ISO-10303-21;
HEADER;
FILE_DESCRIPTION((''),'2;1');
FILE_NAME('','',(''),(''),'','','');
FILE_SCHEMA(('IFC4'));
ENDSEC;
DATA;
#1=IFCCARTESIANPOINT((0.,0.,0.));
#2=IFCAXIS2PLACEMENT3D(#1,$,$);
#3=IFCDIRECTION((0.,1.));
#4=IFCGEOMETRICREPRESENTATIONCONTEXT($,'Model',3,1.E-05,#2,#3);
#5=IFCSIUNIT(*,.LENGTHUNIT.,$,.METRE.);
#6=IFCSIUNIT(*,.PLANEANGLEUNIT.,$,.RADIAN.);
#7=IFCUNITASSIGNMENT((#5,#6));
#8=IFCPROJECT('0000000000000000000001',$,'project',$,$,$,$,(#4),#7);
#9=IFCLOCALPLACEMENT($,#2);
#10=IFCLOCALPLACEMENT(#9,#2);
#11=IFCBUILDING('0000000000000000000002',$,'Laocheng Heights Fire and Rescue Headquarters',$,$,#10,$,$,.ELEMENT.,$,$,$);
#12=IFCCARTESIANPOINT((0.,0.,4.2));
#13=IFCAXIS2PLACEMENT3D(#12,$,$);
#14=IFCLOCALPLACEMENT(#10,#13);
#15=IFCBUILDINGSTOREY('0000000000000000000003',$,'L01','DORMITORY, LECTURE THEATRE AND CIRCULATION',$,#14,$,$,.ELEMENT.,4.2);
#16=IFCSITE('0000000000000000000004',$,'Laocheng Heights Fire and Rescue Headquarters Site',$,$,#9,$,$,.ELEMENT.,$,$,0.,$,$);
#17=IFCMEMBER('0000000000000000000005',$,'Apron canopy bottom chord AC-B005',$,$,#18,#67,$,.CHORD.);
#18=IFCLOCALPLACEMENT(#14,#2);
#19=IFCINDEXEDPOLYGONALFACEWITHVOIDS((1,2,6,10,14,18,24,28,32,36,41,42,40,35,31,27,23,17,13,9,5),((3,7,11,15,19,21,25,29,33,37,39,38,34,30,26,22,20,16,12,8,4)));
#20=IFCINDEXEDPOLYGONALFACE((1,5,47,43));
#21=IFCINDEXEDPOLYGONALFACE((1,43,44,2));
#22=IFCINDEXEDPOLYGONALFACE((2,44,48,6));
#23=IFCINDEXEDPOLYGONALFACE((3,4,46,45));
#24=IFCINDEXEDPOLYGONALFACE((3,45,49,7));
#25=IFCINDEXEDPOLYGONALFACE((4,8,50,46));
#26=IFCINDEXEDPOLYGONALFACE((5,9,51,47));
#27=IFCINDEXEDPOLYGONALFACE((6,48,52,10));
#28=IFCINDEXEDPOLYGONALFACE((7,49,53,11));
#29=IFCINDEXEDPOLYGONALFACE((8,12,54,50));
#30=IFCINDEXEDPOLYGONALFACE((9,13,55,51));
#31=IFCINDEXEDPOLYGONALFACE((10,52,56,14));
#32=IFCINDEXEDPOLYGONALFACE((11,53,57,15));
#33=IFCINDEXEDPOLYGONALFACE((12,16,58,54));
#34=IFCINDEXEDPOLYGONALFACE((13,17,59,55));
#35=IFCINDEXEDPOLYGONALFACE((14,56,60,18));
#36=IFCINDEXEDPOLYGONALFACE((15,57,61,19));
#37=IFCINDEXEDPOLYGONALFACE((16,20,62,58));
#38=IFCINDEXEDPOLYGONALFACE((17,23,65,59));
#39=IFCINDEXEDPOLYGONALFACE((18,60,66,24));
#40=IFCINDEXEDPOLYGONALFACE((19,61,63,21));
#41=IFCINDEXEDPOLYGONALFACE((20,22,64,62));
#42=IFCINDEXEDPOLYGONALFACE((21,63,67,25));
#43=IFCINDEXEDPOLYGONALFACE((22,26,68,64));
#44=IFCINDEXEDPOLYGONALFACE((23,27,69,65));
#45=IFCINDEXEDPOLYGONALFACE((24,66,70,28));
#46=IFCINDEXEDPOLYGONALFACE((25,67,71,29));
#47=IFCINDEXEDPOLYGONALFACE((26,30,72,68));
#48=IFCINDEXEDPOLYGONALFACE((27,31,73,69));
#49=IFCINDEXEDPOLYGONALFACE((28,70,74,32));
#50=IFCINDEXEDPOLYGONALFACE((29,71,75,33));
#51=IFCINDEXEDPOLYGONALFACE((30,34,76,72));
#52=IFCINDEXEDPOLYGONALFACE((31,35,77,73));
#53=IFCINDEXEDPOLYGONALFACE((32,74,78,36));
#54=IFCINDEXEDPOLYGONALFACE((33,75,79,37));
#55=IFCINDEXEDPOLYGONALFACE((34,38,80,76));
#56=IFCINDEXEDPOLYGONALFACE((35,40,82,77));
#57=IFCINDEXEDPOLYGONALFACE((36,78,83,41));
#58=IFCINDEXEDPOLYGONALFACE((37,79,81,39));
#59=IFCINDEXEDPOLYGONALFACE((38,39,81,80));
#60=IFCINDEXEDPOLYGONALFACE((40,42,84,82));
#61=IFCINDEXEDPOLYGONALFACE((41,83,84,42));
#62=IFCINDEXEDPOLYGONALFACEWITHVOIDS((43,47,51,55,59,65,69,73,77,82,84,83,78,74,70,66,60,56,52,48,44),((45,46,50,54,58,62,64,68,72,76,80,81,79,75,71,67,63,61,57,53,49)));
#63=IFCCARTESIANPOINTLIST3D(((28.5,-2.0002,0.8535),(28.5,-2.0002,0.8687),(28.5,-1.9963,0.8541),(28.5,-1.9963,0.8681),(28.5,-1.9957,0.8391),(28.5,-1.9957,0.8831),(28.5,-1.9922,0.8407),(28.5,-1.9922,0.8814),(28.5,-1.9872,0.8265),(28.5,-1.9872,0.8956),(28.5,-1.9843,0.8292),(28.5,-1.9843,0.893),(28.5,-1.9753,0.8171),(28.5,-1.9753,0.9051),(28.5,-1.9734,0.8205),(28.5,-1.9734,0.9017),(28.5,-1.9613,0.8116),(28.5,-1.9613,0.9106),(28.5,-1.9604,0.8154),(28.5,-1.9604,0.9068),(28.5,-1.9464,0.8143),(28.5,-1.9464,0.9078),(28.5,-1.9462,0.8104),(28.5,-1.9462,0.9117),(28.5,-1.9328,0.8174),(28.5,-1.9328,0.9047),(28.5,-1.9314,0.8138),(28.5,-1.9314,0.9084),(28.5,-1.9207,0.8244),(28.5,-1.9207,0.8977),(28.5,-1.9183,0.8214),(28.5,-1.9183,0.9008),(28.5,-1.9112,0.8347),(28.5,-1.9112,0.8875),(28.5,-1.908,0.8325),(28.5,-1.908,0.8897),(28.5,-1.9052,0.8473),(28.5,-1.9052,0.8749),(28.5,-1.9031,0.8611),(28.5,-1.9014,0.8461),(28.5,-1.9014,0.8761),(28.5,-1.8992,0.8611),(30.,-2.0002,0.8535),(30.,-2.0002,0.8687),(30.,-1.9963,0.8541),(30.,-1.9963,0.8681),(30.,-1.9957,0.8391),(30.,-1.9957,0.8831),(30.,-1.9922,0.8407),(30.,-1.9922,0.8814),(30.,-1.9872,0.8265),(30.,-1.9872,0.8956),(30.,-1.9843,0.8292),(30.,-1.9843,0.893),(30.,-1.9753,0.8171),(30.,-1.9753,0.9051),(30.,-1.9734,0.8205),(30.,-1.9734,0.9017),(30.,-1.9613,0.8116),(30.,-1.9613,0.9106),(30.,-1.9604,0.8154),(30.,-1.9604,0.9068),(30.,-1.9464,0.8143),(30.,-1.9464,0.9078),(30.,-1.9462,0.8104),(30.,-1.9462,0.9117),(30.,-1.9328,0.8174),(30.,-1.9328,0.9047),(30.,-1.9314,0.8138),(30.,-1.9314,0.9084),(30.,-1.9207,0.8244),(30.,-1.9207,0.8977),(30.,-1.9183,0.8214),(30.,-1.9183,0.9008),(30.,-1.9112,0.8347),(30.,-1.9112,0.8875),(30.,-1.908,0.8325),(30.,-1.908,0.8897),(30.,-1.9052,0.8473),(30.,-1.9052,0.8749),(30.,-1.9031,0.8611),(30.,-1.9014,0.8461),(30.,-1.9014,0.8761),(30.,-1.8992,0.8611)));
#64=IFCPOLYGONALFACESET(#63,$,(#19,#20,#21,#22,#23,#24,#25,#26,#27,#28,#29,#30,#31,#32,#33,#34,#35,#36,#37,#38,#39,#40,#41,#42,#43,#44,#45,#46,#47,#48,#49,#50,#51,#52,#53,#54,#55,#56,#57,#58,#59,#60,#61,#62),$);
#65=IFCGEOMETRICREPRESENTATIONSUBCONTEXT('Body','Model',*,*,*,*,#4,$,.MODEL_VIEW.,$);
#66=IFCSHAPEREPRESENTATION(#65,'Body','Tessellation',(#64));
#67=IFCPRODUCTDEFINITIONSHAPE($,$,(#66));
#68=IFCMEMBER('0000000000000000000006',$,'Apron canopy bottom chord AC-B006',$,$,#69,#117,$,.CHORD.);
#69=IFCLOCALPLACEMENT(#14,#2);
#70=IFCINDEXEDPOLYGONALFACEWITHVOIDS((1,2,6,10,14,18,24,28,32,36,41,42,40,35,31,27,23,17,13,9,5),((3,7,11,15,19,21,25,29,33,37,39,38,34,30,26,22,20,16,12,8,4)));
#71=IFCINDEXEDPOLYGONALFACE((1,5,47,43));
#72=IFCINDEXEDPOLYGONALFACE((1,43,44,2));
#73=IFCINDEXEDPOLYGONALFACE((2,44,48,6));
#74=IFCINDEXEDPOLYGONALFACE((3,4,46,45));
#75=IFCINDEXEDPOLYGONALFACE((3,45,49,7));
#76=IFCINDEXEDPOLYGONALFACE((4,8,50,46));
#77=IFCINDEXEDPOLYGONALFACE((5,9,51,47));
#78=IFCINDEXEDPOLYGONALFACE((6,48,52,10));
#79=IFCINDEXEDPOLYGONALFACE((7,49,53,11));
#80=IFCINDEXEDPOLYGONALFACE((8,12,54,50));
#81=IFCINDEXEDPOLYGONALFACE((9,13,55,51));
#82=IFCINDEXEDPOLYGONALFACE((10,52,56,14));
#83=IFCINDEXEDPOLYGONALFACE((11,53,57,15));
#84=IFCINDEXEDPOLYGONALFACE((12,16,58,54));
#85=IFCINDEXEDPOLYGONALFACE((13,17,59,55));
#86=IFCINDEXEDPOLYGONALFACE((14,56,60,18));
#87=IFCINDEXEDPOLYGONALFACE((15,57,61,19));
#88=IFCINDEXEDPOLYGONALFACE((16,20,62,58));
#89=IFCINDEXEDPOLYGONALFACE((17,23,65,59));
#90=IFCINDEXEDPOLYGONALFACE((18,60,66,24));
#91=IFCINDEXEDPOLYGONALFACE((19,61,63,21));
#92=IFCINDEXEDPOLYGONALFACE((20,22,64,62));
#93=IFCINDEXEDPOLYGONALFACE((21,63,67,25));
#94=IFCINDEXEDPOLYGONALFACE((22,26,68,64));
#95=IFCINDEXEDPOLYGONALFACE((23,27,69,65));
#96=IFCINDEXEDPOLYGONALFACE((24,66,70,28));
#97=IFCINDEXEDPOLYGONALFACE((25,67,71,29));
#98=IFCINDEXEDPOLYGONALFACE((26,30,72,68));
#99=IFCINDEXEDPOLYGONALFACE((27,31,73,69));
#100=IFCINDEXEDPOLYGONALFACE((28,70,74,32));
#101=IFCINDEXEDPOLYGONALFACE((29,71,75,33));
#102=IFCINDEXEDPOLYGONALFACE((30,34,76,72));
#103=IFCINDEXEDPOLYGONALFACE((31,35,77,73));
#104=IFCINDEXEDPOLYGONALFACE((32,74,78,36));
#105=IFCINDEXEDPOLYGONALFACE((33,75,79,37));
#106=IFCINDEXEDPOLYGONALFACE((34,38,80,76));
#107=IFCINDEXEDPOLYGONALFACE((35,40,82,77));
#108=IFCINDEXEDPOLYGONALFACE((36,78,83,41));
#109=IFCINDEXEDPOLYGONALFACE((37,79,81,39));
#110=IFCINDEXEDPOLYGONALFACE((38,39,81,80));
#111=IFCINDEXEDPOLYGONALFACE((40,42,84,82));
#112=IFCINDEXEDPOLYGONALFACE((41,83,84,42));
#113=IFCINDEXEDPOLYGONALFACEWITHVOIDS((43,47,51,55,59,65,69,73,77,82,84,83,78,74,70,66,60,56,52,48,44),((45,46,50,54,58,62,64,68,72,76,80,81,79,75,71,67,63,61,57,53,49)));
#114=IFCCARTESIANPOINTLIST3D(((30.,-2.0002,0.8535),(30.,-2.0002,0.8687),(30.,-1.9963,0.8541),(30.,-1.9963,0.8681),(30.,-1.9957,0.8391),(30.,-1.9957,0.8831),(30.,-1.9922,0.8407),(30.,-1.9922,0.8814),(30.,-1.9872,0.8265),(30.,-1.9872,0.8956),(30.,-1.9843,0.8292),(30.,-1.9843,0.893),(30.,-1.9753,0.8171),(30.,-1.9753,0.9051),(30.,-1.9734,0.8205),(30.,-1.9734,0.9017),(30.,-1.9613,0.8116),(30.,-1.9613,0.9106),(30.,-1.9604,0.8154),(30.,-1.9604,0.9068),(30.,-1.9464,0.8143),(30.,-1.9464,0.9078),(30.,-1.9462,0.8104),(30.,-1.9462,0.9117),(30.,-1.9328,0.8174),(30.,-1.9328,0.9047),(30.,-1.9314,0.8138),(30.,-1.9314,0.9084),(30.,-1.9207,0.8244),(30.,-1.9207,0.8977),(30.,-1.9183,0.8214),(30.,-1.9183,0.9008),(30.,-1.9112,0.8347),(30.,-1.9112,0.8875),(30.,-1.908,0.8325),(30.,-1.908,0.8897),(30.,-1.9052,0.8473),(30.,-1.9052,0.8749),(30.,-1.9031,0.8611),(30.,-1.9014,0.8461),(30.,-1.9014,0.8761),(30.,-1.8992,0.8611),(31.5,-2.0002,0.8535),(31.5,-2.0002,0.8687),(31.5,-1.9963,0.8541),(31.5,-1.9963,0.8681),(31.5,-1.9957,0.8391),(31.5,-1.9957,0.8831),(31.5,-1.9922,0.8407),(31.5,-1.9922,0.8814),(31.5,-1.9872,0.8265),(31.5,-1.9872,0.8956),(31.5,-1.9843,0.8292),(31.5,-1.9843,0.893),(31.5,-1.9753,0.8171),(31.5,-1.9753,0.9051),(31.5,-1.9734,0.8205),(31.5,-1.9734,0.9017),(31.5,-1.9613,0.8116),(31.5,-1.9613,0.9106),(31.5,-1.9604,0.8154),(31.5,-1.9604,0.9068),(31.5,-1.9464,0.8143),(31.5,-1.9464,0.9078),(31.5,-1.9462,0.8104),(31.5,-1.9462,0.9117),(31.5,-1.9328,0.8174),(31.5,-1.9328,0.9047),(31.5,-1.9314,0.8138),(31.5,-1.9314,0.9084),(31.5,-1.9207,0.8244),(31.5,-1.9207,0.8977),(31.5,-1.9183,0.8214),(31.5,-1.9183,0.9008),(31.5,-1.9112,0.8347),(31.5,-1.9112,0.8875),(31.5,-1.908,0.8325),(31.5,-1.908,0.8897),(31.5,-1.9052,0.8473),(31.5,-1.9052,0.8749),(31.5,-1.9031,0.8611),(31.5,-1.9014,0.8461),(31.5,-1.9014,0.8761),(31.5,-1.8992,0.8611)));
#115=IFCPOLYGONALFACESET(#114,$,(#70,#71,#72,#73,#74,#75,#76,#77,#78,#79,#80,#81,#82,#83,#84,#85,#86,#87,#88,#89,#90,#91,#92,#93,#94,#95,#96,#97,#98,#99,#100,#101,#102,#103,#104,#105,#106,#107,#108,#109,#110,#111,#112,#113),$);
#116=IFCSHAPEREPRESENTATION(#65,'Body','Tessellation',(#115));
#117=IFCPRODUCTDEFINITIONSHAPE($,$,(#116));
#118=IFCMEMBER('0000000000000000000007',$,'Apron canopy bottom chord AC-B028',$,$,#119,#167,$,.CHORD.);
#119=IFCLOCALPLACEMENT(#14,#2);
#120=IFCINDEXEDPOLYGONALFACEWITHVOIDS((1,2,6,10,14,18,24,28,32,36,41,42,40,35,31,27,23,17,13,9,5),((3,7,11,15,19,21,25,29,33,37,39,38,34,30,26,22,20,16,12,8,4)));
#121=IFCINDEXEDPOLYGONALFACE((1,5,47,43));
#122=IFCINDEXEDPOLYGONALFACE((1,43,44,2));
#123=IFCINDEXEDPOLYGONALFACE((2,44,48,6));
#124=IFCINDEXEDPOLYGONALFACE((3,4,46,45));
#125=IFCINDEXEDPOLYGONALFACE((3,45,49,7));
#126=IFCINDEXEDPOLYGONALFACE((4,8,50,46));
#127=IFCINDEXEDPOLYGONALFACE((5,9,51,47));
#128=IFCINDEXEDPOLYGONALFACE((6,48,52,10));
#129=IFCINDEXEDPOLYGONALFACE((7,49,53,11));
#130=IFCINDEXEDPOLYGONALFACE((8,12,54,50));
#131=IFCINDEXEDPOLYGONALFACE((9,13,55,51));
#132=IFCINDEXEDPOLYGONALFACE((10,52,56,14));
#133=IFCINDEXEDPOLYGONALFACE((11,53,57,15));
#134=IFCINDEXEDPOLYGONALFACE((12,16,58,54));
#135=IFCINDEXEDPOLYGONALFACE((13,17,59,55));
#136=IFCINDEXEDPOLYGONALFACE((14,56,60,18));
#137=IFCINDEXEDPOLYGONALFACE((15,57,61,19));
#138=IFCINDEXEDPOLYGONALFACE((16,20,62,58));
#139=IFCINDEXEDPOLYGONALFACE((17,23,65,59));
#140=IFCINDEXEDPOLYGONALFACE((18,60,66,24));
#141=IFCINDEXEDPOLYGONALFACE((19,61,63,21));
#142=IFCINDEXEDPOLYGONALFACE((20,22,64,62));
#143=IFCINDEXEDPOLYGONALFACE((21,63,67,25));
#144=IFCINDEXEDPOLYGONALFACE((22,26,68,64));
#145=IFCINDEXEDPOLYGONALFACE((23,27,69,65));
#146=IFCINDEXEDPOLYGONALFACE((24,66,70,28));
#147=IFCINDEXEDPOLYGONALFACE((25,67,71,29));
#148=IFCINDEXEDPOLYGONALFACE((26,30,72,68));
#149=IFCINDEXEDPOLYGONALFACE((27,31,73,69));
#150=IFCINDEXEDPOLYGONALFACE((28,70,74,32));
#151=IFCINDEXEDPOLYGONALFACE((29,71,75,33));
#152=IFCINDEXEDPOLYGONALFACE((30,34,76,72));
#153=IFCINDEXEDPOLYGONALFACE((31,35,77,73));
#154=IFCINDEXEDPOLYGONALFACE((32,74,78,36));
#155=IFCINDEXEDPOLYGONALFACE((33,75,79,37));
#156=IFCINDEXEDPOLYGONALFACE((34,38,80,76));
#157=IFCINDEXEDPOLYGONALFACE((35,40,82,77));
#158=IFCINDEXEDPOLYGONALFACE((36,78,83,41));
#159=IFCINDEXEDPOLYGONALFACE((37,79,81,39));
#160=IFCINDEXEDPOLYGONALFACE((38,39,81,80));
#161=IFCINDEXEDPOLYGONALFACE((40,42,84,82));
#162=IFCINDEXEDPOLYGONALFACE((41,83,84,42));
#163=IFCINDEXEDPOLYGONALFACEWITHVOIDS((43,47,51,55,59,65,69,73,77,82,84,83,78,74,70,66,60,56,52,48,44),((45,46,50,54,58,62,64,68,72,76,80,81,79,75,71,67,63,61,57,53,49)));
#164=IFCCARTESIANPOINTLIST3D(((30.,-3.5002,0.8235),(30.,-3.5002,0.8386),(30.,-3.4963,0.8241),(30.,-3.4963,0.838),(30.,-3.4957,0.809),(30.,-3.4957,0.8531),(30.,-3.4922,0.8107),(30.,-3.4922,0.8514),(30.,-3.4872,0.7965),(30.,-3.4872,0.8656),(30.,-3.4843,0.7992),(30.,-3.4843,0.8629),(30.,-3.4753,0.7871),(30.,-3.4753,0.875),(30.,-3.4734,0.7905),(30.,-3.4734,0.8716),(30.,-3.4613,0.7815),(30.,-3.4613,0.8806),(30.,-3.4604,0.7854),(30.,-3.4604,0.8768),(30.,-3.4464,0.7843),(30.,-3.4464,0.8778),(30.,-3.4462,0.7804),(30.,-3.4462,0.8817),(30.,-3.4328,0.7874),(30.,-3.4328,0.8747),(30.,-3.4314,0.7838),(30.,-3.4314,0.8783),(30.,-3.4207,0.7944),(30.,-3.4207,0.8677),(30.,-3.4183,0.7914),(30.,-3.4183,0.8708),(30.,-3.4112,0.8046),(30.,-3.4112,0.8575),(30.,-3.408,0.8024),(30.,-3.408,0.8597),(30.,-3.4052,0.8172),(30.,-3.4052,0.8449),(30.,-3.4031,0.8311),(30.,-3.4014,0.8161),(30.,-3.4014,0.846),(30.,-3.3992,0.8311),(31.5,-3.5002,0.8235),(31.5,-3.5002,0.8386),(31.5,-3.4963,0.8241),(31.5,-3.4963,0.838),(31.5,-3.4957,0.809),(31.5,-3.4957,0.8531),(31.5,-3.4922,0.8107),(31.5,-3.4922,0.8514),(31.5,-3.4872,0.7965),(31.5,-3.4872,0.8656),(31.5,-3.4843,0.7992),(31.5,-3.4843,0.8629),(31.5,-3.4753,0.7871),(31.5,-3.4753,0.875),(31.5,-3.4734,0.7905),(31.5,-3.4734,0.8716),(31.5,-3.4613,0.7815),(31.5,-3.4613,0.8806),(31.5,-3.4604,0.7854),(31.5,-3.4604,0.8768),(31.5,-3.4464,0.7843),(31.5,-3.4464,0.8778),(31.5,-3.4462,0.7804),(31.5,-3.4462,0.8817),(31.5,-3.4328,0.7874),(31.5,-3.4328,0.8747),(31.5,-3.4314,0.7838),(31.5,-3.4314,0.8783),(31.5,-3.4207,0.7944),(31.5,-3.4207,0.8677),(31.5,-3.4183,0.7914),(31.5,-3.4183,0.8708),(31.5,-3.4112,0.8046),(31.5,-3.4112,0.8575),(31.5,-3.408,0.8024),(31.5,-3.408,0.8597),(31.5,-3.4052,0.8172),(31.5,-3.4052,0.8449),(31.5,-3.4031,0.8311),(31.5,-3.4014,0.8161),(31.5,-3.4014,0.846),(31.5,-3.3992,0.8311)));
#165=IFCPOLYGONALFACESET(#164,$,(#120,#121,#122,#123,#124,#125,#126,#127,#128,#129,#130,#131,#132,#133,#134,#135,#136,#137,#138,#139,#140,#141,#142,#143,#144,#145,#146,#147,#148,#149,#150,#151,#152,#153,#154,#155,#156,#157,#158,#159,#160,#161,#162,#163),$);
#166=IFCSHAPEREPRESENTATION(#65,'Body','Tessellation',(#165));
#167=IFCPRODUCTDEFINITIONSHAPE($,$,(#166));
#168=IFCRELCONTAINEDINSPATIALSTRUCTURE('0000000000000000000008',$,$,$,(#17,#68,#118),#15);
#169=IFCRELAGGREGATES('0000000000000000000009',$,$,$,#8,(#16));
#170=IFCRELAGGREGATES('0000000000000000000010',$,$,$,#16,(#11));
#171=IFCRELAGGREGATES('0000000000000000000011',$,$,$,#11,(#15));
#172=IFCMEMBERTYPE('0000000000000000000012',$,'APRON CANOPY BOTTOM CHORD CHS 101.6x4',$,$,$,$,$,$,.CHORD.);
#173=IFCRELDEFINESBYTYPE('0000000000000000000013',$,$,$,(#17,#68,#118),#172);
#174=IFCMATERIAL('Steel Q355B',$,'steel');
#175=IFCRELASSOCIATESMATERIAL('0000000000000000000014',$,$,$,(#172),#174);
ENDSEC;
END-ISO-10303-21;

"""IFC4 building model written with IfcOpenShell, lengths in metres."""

from ifc_helpers import new_model, si_unit, direction, frame, origin, origin_2d, place, context, subcontext, project, spatial, hollow_circle, extrude, material, material_profile, profile_set, type_object, element, save


model = new_model("IFC4")

# Units and contexts
model_context = context("Model", 3, precision=1e-05, world=origin(), true_north=direction((0.0, 1.0)))
body_context = subcontext(model_context, "Body", "Model", "MODEL_VIEW")
ifc_project = project(units=[si_unit("LENGTHUNIT", "METRE"), si_unit("PLANEANGLEUNIT", "RADIAN")], contexts=[model_context])

# Site, building, storey
site_placement = place(None, origin())
site = spatial("IfcSite", under=ifc_project, at=site_placement, Name="Laocheng Heights Fire and Rescue Headquarters Site", CompositionType="ELEMENT", RefElevation=0.0)
building_placement = place(site_placement, origin())
building = spatial("IfcBuilding", under=site, at=building_placement, Name="Laocheng Heights Fire and Rescue Headquarters", CompositionType="ELEMENT")
storey_placement = place(building_placement, frame((0.0, 0.0, 4.2)))
storey = spatial("IfcBuildingStorey", under=building, at=storey_placement, Name="L01", Description="DORMITORY, LECTURE THEATRE AND CIRCULATION", CompositionType="ELEMENT", Elevation=4.2)

# Members
ifc_material_1 = material(Name="Steel Q355B", Category="steel")
ifc_material_profile_1 = material_profile(ifc_material_1, hollow_circle(Radius=0.0508, WallThickness=0.0039, at=origin_2d()), Name="CHS 101.6x4")
ifc_profile_set_1 = profile_set([ifc_material_profile_1], Name="Steel Q355B")
member_type_1 = type_object("IfcMemberType", Name="APRON CANOPY BOTTOM CHORD CHS 101.6x4", PredefinedType="CHORD", material=ifc_profile_set_1)
for number, where, z_axis, x_axis, name in (
    (1, (28.5, -1.95, 0.8611), (1.0, 0.0, 0.0), (0.0, 1.0, 0.0), "Apron canopy bottom chord AC-B005"),
    (2, (30.0, -1.95, 0.8611), (1.0, 0.0, 0.0), (0.0, 1.0, 0.0), "Apron canopy bottom chord AC-B006"),
    (3, (30.0, -3.45, 0.8311), (1.0, 0.0, 0.0), (0.0, 1.0, 0.0), "Apron canopy bottom chord AC-B028"),
):
    element("IfcMember", number, at=place(storey_placement, frame(where, z_axis=z_axis, x_axis=x_axis)), inside=storey, type_object=member_type_1, Name=name, PredefinedType="CHORD", context=body_context, shape_type="SweptSolid", body=[
        extrude(hollow_circle(Radius=0.0508, WallThickness=0.0039, at=origin_2d()), origin(), (0.0, 0.0, 1.0), 1.5),
    ])

save(model, "model.ifc")
